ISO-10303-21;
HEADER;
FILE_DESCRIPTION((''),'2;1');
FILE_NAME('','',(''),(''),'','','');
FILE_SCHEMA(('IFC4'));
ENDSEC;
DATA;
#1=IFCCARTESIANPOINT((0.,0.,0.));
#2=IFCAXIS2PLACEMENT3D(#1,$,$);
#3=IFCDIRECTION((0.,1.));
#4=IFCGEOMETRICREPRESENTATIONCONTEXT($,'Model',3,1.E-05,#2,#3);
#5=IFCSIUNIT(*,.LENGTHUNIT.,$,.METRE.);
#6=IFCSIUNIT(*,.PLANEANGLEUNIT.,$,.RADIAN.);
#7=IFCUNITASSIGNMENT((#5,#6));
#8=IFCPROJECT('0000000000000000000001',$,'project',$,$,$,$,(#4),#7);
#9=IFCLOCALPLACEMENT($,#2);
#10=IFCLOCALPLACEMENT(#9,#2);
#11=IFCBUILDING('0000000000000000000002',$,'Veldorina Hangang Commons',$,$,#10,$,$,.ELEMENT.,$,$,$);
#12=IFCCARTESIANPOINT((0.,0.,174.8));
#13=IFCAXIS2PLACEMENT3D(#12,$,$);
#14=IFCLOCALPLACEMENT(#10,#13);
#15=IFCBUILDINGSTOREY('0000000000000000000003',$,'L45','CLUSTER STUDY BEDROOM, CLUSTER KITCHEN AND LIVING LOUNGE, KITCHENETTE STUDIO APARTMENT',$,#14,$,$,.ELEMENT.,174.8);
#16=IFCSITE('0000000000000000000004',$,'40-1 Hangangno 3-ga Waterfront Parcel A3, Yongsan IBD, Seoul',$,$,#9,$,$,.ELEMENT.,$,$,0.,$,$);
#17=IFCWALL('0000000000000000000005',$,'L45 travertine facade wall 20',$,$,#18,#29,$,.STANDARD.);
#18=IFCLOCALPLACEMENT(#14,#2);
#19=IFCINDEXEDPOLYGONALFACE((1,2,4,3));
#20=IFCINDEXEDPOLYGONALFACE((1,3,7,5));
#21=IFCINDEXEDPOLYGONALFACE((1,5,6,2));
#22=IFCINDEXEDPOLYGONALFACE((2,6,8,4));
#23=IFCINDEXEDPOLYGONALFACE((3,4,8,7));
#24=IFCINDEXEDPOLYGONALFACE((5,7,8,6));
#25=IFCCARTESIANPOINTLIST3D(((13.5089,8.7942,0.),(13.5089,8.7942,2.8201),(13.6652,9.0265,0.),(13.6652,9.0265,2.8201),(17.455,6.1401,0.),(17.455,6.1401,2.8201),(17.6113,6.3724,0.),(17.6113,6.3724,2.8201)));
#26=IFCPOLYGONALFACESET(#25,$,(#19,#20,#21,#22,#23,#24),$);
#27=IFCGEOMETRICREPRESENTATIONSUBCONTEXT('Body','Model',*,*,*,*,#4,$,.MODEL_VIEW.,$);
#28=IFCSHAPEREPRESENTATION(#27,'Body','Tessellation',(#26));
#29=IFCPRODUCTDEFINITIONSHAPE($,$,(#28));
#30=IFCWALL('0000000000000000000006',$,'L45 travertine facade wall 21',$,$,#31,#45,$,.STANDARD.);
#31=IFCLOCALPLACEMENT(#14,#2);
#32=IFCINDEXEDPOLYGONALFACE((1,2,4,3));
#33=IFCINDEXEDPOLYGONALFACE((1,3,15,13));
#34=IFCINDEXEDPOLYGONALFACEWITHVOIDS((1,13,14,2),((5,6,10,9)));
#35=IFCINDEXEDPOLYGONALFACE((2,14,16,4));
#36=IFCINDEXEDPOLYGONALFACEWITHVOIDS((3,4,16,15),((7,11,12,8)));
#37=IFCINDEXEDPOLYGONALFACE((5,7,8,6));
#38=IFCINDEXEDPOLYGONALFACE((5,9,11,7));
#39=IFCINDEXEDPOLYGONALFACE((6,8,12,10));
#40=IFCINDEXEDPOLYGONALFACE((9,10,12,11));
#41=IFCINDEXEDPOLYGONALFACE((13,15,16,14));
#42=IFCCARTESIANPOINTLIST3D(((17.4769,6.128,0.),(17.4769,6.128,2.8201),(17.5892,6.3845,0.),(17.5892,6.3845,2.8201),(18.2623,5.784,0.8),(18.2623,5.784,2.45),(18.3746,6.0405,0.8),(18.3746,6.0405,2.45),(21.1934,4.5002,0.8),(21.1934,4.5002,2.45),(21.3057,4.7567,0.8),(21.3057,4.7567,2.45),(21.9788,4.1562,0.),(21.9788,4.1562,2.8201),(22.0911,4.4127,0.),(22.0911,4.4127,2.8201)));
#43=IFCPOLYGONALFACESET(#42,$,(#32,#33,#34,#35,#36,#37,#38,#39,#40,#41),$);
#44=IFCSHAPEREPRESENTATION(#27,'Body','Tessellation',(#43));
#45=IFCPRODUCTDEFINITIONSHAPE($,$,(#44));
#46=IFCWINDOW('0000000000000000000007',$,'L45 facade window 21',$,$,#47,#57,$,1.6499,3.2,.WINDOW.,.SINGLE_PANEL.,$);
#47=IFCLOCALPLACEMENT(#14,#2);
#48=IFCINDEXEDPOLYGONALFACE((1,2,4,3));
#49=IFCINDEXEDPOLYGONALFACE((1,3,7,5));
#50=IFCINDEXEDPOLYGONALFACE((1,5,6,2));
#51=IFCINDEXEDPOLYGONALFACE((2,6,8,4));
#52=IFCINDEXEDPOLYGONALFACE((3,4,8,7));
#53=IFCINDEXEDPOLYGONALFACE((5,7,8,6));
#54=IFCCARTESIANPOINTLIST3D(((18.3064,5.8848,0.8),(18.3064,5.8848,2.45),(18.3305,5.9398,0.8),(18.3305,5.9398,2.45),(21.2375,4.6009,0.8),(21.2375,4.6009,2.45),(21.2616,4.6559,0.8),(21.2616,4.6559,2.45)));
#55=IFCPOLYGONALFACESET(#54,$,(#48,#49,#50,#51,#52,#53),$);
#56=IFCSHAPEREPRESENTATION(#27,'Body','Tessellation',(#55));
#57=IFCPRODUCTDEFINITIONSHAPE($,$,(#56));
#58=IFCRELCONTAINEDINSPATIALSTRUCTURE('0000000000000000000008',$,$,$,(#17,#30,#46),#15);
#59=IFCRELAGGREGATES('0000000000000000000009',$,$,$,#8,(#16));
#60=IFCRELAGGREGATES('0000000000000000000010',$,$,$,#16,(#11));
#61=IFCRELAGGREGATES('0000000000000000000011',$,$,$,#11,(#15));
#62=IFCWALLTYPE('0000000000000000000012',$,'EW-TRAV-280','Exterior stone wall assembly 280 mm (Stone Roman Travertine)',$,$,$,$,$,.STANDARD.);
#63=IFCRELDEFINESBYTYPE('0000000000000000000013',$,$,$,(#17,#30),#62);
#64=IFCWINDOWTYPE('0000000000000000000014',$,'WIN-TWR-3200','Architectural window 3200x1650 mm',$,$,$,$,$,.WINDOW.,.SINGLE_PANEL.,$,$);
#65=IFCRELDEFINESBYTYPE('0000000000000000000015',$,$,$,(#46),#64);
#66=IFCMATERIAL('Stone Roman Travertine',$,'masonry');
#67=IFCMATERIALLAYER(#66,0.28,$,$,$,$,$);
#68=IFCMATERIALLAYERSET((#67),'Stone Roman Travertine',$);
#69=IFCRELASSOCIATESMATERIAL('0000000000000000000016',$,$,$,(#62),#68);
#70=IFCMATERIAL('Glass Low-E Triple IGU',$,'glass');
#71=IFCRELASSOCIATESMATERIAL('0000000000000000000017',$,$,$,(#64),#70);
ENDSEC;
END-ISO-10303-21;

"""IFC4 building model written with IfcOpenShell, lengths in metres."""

from ifc_helpers import new_model, si_unit, direction, frame, frame_2d, origin, place, context, subcontext, project, spatial, rectangle, extrude, material, layer, layer_set, type_object, element, fill, save


model = new_model("IFC4")

# Units and contexts
model_context = context("Model", 3, precision=1e-05, world=origin(), true_north=direction((0.0, 1.0)))
body_context = subcontext(model_context, "Body", "Model", "MODEL_VIEW")
ifc_project = project(units=[si_unit("LENGTHUNIT", "METRE"), si_unit("PLANEANGLEUNIT", "RADIAN")], contexts=[model_context])

# Site, building, storey
site_placement = place(None, origin())
site = spatial("IfcSite", under=ifc_project, at=site_placement, Name="40-1 Hangangno 3-ga Waterfront Parcel A3, Yongsan IBD, Seoul", CompositionType="ELEMENT", RefElevation=0.0)
building_placement = place(site_placement, origin())
building = spatial("IfcBuilding", under=site, at=building_placement, Name="Veldorina Hangang Commons", CompositionType="ELEMENT")
storey_placement = place(building_placement, frame((0.0, 0.0, 174.8)))
storey = spatial("IfcBuildingStorey", under=building, at=storey_placement, Name="L45", Description="CLUSTER STUDY BEDROOM, CLUSTER KITCHEN AND LIVING LOUNGE, KITCHENETTE STUDIO APARTMENT", CompositionType="ELEMENT", Elevation=174.8)

# Wall
ifc_material_1 = material(Name="Stone Roman Travertine", Category="masonry")
ifc_layer_1 = layer(ifc_material_1, 0.28)
ifc_layer_set_1 = layer_set([ifc_layer_1], Name="Stone Roman Travertine")
wall_type = type_object("IfcWallType", Name="EW-TRAV-280", Description="Exterior stone wall assembly 280 mm (Stone Roman Travertine)", PredefinedType="STANDARD", material=ifc_layer_set_1)
wall_1_placement = place(storey_placement, frame((13.5869, 8.9104, 0.0), z_axis=(0.0, 0.0, 1.0), x_axis=(0.829777, -0.558096, 0.0)))
element("IfcWall", 1, at=wall_1_placement, inside=storey, type_object=wall_type, Name="L45 travertine facade wall 20", PredefinedType="STANDARD", context=body_context, shape_type="SweptSolid", body=[
    extrude(rectangle(XDim=4.7556, YDim=0.28, at=frame_2d((2.3779, 0.0))), origin(), (0.0, 0.0, 1.0), 2.8201),
])

# Wall, opening, window
wall_2_placement = place(storey_placement, frame((17.533, 6.2563, 0.0), z_axis=(0.0, 0.0, 1.0), x_axis=(0.915984, -0.401215, 0.0)))
wall_2 = element("IfcWall", 2, at=wall_2_placement, inside=storey, type_object=wall_type, Name="L45 travertine facade wall 21", PredefinedType="STANDARD", context=body_context, shape_type="SweptSolid", body=[
    extrude(rectangle(XDim=4.9148, YDim=0.28, at=frame_2d((2.4575, 0.0))), origin(), (0.0, 0.0, 1.0), 2.8201),
])
opening_placement = place(wall_2_placement, frame((0.8574, 0.0, 0.8)))
opening = element("IfcOpeningElement", 3, at=opening_placement, cuts=wall_2, PredefinedType="OPENING", context=body_context, shape_type="SweptSolid", body=[
    extrude(rectangle(XDim=3.2, YDim=1.6499, at=frame_2d((1.6001, 0.825))), frame((0.0, 0.1499, 0.0), z_axis=(0.0, -1.0, 0.0), x_axis=(1.0, 0.0, 0.0)), (0.0, 0.0, 1.0), 0.3),
])
ifc_material_2 = material(Name="Glass Low-E Triple IGU", Category="glass")
window_type = type_object("IfcWindowType", Name="WIN-TWR-3200", Description="Architectural window 3200x1650 mm", PartitioningType="SINGLE_PANEL", PredefinedType="WINDOW", material=ifc_material_2)
window_placement = place(opening_placement, origin())
window = element("IfcWindow", 4, at=window_placement, inside=storey, type_object=window_type, Name="L45 facade window 21", OverallHeight=1.6499, OverallWidth=3.2, PartitioningType="SINGLE_PANEL", PredefinedType="WINDOW", context=body_context, shape_type="SweptSolid", body=[
    extrude(rectangle(XDim=3.2, YDim=1.6499, at=frame_2d((1.6001, 0.825))), frame((0.0, 0.03, 0.0), z_axis=(0.0, -1.0, 0.0), x_axis=(1.0, 0.0, 0.0)), (0.0, 0.0, 1.0), 0.0601),
])
fill(opening, window)

save(model, "model.ifc")
